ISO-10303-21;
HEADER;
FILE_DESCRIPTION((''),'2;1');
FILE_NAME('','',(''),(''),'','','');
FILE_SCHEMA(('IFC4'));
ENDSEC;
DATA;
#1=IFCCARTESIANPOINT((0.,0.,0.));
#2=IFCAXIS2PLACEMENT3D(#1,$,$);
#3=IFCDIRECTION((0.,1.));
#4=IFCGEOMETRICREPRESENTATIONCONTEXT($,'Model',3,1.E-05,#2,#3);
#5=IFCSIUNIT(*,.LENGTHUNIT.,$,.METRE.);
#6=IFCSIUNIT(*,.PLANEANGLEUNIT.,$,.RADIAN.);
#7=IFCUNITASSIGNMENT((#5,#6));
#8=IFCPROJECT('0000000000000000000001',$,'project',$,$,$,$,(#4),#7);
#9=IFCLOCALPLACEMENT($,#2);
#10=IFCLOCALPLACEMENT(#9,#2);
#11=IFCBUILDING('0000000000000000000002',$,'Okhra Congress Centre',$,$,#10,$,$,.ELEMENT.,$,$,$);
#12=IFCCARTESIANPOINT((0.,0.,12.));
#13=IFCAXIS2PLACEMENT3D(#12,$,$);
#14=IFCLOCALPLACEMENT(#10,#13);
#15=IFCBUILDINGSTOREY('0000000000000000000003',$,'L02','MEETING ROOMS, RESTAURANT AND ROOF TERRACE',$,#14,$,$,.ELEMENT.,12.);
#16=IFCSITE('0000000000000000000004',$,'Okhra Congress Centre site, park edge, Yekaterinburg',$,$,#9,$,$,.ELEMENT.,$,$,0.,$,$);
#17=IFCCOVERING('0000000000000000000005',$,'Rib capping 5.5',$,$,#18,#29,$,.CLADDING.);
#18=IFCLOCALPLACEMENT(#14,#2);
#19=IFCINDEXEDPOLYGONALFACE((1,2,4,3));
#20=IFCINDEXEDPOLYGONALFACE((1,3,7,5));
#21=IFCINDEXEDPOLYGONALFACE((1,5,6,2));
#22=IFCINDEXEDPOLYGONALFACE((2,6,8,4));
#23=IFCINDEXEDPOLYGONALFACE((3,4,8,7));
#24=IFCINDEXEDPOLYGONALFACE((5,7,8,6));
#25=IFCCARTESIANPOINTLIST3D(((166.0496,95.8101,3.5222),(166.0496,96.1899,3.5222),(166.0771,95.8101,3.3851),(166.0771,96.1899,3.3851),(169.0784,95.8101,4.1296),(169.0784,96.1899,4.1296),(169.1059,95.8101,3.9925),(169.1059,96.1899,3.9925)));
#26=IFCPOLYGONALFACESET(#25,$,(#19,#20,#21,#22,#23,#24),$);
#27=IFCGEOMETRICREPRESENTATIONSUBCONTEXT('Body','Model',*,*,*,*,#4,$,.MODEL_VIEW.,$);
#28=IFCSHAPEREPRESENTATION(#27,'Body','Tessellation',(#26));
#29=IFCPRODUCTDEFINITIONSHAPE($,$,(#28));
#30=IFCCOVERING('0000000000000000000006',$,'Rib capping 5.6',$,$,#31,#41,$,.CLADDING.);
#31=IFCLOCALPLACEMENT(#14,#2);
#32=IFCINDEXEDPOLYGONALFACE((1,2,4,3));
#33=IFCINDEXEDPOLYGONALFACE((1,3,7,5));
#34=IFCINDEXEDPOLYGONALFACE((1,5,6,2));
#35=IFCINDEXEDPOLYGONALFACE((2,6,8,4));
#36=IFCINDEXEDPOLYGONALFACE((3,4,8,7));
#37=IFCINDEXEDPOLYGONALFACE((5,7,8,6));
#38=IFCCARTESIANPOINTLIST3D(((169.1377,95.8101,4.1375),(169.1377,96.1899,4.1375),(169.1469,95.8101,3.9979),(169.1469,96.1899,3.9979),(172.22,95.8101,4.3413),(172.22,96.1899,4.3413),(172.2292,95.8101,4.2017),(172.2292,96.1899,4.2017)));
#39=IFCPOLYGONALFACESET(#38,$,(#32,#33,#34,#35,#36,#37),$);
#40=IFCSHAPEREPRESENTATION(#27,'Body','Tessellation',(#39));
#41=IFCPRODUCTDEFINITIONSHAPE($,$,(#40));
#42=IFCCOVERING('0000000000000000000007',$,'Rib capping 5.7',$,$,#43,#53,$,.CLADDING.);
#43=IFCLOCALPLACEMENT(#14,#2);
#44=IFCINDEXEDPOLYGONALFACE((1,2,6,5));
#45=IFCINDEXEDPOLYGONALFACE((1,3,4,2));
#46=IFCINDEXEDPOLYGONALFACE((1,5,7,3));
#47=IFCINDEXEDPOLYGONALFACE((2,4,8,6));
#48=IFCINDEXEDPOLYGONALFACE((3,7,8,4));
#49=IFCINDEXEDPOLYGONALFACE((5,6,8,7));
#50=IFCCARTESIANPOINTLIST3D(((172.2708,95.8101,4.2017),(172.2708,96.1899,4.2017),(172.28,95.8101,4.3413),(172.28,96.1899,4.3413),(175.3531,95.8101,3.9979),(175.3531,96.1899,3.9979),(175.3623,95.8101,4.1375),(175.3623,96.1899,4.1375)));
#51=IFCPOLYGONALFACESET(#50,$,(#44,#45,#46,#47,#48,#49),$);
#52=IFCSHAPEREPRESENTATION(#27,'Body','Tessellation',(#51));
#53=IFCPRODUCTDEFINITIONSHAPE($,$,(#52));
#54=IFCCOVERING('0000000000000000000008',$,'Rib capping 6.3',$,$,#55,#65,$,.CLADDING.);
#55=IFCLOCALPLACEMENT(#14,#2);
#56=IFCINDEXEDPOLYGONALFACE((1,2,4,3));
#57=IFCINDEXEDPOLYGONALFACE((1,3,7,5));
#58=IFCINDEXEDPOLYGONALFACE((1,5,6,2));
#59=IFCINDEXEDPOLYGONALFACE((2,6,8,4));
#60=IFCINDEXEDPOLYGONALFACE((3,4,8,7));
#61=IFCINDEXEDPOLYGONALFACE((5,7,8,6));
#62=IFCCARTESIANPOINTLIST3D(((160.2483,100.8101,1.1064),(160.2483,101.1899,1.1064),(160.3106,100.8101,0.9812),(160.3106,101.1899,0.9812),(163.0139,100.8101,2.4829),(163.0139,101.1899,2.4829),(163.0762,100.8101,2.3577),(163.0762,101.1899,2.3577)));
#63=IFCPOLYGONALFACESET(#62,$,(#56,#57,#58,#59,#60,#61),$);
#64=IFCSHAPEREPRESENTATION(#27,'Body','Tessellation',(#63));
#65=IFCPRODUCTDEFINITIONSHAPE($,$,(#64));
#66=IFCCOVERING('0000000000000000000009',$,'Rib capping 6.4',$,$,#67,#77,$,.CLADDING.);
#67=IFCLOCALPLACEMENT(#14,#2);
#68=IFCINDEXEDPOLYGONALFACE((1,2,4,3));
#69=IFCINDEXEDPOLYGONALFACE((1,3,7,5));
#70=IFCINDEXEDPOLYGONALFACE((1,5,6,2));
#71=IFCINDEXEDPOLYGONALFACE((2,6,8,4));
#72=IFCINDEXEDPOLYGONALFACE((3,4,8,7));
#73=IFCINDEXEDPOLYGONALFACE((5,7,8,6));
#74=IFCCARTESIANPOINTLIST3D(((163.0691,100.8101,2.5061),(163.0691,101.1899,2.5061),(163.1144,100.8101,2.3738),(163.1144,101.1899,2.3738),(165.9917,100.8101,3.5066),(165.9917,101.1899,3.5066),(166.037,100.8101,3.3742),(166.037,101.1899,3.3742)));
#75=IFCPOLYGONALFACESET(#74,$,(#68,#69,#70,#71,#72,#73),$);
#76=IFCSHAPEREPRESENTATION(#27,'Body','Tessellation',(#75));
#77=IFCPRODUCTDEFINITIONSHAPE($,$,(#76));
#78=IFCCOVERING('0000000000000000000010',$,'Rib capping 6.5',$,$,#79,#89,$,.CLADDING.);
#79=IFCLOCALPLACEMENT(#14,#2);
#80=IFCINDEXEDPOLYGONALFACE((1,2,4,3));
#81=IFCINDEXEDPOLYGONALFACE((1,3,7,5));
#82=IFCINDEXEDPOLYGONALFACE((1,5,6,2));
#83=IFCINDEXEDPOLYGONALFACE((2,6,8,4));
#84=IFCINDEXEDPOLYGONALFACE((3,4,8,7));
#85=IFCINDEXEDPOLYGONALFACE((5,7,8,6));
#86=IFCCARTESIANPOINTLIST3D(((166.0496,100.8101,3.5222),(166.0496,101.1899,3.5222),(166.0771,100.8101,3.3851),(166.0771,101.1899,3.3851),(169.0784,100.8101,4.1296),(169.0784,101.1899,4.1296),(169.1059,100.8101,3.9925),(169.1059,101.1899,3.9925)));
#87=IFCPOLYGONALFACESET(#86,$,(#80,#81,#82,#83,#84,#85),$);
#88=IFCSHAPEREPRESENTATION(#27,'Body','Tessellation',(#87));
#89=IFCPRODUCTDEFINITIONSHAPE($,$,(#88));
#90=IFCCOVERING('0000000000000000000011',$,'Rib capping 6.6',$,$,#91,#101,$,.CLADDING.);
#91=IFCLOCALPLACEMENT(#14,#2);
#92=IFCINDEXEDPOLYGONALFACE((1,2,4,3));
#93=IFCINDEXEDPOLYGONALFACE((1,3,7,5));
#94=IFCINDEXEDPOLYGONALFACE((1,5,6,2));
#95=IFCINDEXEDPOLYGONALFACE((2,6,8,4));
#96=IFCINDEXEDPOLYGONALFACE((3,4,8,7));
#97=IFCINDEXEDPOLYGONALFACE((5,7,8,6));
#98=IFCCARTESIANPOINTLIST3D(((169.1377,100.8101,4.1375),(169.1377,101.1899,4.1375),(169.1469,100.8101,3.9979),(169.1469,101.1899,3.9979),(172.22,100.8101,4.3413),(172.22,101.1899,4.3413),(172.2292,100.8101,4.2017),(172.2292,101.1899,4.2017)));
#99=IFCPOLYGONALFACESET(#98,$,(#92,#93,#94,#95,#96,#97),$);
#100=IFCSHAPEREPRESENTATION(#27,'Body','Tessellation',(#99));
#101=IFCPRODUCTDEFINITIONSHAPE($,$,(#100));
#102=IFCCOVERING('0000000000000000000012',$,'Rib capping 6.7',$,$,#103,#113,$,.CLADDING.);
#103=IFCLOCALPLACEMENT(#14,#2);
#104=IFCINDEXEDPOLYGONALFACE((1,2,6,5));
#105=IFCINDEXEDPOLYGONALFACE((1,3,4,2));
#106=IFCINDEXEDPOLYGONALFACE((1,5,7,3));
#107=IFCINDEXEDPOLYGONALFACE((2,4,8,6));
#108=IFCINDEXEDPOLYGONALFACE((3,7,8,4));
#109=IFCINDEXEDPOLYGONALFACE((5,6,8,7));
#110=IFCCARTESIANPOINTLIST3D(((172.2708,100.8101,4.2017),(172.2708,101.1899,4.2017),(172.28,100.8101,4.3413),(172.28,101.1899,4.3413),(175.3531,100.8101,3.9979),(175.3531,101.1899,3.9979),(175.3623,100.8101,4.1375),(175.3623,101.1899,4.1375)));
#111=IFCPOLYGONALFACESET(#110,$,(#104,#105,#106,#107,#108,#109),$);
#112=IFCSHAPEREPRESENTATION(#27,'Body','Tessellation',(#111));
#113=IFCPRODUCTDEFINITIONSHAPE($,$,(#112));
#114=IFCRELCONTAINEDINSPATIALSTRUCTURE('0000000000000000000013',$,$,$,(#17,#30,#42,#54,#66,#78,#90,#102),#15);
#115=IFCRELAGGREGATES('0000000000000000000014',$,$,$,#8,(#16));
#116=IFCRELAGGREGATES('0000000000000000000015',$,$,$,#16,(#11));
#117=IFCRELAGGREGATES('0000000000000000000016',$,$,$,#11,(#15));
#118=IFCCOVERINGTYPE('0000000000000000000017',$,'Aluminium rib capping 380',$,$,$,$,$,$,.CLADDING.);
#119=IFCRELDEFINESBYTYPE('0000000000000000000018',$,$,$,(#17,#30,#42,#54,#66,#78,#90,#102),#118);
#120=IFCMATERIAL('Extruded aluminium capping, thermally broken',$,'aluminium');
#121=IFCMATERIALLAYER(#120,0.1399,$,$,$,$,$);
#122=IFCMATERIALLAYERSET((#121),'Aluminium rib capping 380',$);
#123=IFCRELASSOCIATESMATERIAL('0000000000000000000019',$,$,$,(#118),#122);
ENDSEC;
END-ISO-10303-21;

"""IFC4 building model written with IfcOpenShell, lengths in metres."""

from ifc_helpers import new_model, si_unit, direction, frame, origin, place, context, subcontext, project, spatial, polyline, outline, extrude, material, layer, layer_set, type_object, element, save


model = new_model("IFC4")

# Units and contexts
model_context = context("Model", 3, precision=1e-05, world=origin(), true_north=direction((0.0, 1.0)))
body_context = subcontext(model_context, "Body", "Model", "MODEL_VIEW")
ifc_project = project(units=[si_unit("LENGTHUNIT", "METRE"), si_unit("PLANEANGLEUNIT", "RADIAN")], contexts=[model_context])

# Site, building, storey
site_placement = place(None, origin())
site = spatial("IfcSite", under=ifc_project, at=site_placement, Name="Okhra Congress Centre site, park edge, Yekaterinburg", CompositionType="ELEMENT", RefElevation=0.0)
building_placement = place(site_placement, origin())
building = spatial("IfcBuilding", under=site, at=building_placement, Name="Okhra Congress Centre", CompositionType="ELEMENT")
storey_placement = place(building_placement, frame((0.0, 0.0, 12.0)))
storey = spatial("IfcBuildingStorey", under=building, at=storey_placement, Name="L02", Description="MEETING ROOMS, RESTAURANT AND ROOF TERRACE", CompositionType="ELEMENT", Elevation=12.0)

# Coverings
ifc_material_1 = material(Name="Extruded aluminium capping, thermally broken", Category="aluminium")
ifc_layer = layer(ifc_material_1, 0.1399)
ifc_layer_set = layer_set([ifc_layer], Name="Aluminium rib capping 380")
covering_type = type_object("IfcCoveringType", Name="Aluminium rib capping 380", PredefinedType="CLADDING", material=ifc_layer_set)
covering_1_placement = place(storey_placement, frame((166.0496, 95.8101, 3.5222), z_axis=(-0.196633, 0.0, 0.980477), x_axis=(0.980477, 0.0, 0.196633)))
element("IfcCovering", 1, at=covering_1_placement, inside=storey, type_object=covering_type, Name="Rib capping 5.5", PredefinedType="CLADDING", context=body_context, shape_type="SweptSolid", body=[
    extrude(outline(polyline([(0.0, 0.0), (3.0891, 0.0), (3.0891, 0.3799), (0.0, 0.3799), (0.0, 0.0)])), origin(), (0.0, 0.0, -1.0), 0.1399),
])
for number, where, z_axis, x_axis, name in (
    (2, (169.1377, 95.8101, 4.1375), (-0.065994, 0.0, 0.99782), (0.99782, 0.0, 0.065994), "Rib capping 5.6"),
    (3, (172.28, 95.8101, 4.3413), (0.065994, 0.0, 0.99782), (0.99782, 0.0, -0.065994), "Rib capping 5.7"),
):
    element("IfcCovering", number, at=place(storey_placement, frame(where, z_axis=z_axis, x_axis=x_axis)), inside=storey, type_object=covering_type, Name=name, PredefinedType="CLADDING", context=body_context, shape_type="SweptSolid", body=[
        extrude(outline(polyline([(0.0, 0.0), (3.089, 0.0), (3.089, 0.3799), (0.0, 0.3799), (0.0, 0.0)])), origin(), (0.0, 0.0, -1.0), 0.1399),
    ])
covering_2_placement = place(storey_placement, frame((160.2483, 100.8101, 1.1064), z_axis=(-0.445569, 0.0, 0.895248), x_axis=(0.895248, 0.0, 0.445569)))
element("IfcCovering", 4, at=covering_2_placement, inside=storey, type_object=covering_type, Name="Rib capping 6.3", PredefinedType="CLADDING", context=body_context, shape_type="SweptSolid", body=[
    extrude(outline(polyline([(0.0, 0.0), (3.0892, 0.0), (3.0892, 0.3799), (0.0, 0.3799), (0.0, 0.0)])), origin(), (0.0, 0.0, -1.0), 0.1399),
])
covering_3_placement = place(storey_placement, frame((163.0691, 100.8101, 2.5061), z_axis=(-0.323876, 0.0, 0.9461), x_axis=(0.9461, 0.0, 0.323876)))
element("IfcCovering", 5, at=covering_3_placement, inside=storey, type_object=covering_type, Name="Rib capping 6.4", PredefinedType="CLADDING", context=body_context, shape_type="SweptSolid", body=[
    extrude(outline(polyline([(0.0, 0.0), (3.0891, 0.0), (3.0891, 0.3799), (0.0, 0.3799), (0.0, 0.0)])), origin(), (0.0, 0.0, -1.0), 0.1399),
])
covering_4_placement = place(storey_placement, frame((166.0496, 100.8101, 3.5222), z_axis=(-0.196633, 0.0, 0.980477), x_axis=(0.980477, 0.0, 0.196633)))
element("IfcCovering", 6, at=covering_4_placement, inside=storey, type_object=covering_type, Name="Rib capping 6.5", PredefinedType="CLADDING", context=body_context, shape_type="SweptSolid", body=[
    extrude(outline(polyline([(0.0, 0.0), (3.0891, 0.0), (3.0891, 0.3799), (0.0, 0.3799), (0.0, 0.0)])), origin(), (0.0, 0.0, -1.0), 0.1399),
])
for number, where, z_axis, x_axis, name in (
    (7, (169.1377, 100.8101, 4.1375), (-0.065994, 0.0, 0.99782), (0.99782, 0.0, 0.065994), "Rib capping 6.6"),
    (8, (172.28, 100.8101, 4.3413), (0.065994, 0.0, 0.99782), (0.99782, 0.0, -0.065994), "Rib capping 6.7"),
):
    element("IfcCovering", number, at=place(storey_placement, frame(where, z_axis=z_axis, x_axis=x_axis)), inside=storey, type_object=covering_type, Name=name, PredefinedType="CLADDING", context=body_context, shape_type="SweptSolid", body=[
        extrude(outline(polyline([(0.0, 0.0), (3.089, 0.0), (3.089, 0.3799), (0.0, 0.3799), (0.0, 0.0)])), origin(), (0.0, 0.0, -1.0), 0.1399),
    ])

save(model, "model.ifc")
